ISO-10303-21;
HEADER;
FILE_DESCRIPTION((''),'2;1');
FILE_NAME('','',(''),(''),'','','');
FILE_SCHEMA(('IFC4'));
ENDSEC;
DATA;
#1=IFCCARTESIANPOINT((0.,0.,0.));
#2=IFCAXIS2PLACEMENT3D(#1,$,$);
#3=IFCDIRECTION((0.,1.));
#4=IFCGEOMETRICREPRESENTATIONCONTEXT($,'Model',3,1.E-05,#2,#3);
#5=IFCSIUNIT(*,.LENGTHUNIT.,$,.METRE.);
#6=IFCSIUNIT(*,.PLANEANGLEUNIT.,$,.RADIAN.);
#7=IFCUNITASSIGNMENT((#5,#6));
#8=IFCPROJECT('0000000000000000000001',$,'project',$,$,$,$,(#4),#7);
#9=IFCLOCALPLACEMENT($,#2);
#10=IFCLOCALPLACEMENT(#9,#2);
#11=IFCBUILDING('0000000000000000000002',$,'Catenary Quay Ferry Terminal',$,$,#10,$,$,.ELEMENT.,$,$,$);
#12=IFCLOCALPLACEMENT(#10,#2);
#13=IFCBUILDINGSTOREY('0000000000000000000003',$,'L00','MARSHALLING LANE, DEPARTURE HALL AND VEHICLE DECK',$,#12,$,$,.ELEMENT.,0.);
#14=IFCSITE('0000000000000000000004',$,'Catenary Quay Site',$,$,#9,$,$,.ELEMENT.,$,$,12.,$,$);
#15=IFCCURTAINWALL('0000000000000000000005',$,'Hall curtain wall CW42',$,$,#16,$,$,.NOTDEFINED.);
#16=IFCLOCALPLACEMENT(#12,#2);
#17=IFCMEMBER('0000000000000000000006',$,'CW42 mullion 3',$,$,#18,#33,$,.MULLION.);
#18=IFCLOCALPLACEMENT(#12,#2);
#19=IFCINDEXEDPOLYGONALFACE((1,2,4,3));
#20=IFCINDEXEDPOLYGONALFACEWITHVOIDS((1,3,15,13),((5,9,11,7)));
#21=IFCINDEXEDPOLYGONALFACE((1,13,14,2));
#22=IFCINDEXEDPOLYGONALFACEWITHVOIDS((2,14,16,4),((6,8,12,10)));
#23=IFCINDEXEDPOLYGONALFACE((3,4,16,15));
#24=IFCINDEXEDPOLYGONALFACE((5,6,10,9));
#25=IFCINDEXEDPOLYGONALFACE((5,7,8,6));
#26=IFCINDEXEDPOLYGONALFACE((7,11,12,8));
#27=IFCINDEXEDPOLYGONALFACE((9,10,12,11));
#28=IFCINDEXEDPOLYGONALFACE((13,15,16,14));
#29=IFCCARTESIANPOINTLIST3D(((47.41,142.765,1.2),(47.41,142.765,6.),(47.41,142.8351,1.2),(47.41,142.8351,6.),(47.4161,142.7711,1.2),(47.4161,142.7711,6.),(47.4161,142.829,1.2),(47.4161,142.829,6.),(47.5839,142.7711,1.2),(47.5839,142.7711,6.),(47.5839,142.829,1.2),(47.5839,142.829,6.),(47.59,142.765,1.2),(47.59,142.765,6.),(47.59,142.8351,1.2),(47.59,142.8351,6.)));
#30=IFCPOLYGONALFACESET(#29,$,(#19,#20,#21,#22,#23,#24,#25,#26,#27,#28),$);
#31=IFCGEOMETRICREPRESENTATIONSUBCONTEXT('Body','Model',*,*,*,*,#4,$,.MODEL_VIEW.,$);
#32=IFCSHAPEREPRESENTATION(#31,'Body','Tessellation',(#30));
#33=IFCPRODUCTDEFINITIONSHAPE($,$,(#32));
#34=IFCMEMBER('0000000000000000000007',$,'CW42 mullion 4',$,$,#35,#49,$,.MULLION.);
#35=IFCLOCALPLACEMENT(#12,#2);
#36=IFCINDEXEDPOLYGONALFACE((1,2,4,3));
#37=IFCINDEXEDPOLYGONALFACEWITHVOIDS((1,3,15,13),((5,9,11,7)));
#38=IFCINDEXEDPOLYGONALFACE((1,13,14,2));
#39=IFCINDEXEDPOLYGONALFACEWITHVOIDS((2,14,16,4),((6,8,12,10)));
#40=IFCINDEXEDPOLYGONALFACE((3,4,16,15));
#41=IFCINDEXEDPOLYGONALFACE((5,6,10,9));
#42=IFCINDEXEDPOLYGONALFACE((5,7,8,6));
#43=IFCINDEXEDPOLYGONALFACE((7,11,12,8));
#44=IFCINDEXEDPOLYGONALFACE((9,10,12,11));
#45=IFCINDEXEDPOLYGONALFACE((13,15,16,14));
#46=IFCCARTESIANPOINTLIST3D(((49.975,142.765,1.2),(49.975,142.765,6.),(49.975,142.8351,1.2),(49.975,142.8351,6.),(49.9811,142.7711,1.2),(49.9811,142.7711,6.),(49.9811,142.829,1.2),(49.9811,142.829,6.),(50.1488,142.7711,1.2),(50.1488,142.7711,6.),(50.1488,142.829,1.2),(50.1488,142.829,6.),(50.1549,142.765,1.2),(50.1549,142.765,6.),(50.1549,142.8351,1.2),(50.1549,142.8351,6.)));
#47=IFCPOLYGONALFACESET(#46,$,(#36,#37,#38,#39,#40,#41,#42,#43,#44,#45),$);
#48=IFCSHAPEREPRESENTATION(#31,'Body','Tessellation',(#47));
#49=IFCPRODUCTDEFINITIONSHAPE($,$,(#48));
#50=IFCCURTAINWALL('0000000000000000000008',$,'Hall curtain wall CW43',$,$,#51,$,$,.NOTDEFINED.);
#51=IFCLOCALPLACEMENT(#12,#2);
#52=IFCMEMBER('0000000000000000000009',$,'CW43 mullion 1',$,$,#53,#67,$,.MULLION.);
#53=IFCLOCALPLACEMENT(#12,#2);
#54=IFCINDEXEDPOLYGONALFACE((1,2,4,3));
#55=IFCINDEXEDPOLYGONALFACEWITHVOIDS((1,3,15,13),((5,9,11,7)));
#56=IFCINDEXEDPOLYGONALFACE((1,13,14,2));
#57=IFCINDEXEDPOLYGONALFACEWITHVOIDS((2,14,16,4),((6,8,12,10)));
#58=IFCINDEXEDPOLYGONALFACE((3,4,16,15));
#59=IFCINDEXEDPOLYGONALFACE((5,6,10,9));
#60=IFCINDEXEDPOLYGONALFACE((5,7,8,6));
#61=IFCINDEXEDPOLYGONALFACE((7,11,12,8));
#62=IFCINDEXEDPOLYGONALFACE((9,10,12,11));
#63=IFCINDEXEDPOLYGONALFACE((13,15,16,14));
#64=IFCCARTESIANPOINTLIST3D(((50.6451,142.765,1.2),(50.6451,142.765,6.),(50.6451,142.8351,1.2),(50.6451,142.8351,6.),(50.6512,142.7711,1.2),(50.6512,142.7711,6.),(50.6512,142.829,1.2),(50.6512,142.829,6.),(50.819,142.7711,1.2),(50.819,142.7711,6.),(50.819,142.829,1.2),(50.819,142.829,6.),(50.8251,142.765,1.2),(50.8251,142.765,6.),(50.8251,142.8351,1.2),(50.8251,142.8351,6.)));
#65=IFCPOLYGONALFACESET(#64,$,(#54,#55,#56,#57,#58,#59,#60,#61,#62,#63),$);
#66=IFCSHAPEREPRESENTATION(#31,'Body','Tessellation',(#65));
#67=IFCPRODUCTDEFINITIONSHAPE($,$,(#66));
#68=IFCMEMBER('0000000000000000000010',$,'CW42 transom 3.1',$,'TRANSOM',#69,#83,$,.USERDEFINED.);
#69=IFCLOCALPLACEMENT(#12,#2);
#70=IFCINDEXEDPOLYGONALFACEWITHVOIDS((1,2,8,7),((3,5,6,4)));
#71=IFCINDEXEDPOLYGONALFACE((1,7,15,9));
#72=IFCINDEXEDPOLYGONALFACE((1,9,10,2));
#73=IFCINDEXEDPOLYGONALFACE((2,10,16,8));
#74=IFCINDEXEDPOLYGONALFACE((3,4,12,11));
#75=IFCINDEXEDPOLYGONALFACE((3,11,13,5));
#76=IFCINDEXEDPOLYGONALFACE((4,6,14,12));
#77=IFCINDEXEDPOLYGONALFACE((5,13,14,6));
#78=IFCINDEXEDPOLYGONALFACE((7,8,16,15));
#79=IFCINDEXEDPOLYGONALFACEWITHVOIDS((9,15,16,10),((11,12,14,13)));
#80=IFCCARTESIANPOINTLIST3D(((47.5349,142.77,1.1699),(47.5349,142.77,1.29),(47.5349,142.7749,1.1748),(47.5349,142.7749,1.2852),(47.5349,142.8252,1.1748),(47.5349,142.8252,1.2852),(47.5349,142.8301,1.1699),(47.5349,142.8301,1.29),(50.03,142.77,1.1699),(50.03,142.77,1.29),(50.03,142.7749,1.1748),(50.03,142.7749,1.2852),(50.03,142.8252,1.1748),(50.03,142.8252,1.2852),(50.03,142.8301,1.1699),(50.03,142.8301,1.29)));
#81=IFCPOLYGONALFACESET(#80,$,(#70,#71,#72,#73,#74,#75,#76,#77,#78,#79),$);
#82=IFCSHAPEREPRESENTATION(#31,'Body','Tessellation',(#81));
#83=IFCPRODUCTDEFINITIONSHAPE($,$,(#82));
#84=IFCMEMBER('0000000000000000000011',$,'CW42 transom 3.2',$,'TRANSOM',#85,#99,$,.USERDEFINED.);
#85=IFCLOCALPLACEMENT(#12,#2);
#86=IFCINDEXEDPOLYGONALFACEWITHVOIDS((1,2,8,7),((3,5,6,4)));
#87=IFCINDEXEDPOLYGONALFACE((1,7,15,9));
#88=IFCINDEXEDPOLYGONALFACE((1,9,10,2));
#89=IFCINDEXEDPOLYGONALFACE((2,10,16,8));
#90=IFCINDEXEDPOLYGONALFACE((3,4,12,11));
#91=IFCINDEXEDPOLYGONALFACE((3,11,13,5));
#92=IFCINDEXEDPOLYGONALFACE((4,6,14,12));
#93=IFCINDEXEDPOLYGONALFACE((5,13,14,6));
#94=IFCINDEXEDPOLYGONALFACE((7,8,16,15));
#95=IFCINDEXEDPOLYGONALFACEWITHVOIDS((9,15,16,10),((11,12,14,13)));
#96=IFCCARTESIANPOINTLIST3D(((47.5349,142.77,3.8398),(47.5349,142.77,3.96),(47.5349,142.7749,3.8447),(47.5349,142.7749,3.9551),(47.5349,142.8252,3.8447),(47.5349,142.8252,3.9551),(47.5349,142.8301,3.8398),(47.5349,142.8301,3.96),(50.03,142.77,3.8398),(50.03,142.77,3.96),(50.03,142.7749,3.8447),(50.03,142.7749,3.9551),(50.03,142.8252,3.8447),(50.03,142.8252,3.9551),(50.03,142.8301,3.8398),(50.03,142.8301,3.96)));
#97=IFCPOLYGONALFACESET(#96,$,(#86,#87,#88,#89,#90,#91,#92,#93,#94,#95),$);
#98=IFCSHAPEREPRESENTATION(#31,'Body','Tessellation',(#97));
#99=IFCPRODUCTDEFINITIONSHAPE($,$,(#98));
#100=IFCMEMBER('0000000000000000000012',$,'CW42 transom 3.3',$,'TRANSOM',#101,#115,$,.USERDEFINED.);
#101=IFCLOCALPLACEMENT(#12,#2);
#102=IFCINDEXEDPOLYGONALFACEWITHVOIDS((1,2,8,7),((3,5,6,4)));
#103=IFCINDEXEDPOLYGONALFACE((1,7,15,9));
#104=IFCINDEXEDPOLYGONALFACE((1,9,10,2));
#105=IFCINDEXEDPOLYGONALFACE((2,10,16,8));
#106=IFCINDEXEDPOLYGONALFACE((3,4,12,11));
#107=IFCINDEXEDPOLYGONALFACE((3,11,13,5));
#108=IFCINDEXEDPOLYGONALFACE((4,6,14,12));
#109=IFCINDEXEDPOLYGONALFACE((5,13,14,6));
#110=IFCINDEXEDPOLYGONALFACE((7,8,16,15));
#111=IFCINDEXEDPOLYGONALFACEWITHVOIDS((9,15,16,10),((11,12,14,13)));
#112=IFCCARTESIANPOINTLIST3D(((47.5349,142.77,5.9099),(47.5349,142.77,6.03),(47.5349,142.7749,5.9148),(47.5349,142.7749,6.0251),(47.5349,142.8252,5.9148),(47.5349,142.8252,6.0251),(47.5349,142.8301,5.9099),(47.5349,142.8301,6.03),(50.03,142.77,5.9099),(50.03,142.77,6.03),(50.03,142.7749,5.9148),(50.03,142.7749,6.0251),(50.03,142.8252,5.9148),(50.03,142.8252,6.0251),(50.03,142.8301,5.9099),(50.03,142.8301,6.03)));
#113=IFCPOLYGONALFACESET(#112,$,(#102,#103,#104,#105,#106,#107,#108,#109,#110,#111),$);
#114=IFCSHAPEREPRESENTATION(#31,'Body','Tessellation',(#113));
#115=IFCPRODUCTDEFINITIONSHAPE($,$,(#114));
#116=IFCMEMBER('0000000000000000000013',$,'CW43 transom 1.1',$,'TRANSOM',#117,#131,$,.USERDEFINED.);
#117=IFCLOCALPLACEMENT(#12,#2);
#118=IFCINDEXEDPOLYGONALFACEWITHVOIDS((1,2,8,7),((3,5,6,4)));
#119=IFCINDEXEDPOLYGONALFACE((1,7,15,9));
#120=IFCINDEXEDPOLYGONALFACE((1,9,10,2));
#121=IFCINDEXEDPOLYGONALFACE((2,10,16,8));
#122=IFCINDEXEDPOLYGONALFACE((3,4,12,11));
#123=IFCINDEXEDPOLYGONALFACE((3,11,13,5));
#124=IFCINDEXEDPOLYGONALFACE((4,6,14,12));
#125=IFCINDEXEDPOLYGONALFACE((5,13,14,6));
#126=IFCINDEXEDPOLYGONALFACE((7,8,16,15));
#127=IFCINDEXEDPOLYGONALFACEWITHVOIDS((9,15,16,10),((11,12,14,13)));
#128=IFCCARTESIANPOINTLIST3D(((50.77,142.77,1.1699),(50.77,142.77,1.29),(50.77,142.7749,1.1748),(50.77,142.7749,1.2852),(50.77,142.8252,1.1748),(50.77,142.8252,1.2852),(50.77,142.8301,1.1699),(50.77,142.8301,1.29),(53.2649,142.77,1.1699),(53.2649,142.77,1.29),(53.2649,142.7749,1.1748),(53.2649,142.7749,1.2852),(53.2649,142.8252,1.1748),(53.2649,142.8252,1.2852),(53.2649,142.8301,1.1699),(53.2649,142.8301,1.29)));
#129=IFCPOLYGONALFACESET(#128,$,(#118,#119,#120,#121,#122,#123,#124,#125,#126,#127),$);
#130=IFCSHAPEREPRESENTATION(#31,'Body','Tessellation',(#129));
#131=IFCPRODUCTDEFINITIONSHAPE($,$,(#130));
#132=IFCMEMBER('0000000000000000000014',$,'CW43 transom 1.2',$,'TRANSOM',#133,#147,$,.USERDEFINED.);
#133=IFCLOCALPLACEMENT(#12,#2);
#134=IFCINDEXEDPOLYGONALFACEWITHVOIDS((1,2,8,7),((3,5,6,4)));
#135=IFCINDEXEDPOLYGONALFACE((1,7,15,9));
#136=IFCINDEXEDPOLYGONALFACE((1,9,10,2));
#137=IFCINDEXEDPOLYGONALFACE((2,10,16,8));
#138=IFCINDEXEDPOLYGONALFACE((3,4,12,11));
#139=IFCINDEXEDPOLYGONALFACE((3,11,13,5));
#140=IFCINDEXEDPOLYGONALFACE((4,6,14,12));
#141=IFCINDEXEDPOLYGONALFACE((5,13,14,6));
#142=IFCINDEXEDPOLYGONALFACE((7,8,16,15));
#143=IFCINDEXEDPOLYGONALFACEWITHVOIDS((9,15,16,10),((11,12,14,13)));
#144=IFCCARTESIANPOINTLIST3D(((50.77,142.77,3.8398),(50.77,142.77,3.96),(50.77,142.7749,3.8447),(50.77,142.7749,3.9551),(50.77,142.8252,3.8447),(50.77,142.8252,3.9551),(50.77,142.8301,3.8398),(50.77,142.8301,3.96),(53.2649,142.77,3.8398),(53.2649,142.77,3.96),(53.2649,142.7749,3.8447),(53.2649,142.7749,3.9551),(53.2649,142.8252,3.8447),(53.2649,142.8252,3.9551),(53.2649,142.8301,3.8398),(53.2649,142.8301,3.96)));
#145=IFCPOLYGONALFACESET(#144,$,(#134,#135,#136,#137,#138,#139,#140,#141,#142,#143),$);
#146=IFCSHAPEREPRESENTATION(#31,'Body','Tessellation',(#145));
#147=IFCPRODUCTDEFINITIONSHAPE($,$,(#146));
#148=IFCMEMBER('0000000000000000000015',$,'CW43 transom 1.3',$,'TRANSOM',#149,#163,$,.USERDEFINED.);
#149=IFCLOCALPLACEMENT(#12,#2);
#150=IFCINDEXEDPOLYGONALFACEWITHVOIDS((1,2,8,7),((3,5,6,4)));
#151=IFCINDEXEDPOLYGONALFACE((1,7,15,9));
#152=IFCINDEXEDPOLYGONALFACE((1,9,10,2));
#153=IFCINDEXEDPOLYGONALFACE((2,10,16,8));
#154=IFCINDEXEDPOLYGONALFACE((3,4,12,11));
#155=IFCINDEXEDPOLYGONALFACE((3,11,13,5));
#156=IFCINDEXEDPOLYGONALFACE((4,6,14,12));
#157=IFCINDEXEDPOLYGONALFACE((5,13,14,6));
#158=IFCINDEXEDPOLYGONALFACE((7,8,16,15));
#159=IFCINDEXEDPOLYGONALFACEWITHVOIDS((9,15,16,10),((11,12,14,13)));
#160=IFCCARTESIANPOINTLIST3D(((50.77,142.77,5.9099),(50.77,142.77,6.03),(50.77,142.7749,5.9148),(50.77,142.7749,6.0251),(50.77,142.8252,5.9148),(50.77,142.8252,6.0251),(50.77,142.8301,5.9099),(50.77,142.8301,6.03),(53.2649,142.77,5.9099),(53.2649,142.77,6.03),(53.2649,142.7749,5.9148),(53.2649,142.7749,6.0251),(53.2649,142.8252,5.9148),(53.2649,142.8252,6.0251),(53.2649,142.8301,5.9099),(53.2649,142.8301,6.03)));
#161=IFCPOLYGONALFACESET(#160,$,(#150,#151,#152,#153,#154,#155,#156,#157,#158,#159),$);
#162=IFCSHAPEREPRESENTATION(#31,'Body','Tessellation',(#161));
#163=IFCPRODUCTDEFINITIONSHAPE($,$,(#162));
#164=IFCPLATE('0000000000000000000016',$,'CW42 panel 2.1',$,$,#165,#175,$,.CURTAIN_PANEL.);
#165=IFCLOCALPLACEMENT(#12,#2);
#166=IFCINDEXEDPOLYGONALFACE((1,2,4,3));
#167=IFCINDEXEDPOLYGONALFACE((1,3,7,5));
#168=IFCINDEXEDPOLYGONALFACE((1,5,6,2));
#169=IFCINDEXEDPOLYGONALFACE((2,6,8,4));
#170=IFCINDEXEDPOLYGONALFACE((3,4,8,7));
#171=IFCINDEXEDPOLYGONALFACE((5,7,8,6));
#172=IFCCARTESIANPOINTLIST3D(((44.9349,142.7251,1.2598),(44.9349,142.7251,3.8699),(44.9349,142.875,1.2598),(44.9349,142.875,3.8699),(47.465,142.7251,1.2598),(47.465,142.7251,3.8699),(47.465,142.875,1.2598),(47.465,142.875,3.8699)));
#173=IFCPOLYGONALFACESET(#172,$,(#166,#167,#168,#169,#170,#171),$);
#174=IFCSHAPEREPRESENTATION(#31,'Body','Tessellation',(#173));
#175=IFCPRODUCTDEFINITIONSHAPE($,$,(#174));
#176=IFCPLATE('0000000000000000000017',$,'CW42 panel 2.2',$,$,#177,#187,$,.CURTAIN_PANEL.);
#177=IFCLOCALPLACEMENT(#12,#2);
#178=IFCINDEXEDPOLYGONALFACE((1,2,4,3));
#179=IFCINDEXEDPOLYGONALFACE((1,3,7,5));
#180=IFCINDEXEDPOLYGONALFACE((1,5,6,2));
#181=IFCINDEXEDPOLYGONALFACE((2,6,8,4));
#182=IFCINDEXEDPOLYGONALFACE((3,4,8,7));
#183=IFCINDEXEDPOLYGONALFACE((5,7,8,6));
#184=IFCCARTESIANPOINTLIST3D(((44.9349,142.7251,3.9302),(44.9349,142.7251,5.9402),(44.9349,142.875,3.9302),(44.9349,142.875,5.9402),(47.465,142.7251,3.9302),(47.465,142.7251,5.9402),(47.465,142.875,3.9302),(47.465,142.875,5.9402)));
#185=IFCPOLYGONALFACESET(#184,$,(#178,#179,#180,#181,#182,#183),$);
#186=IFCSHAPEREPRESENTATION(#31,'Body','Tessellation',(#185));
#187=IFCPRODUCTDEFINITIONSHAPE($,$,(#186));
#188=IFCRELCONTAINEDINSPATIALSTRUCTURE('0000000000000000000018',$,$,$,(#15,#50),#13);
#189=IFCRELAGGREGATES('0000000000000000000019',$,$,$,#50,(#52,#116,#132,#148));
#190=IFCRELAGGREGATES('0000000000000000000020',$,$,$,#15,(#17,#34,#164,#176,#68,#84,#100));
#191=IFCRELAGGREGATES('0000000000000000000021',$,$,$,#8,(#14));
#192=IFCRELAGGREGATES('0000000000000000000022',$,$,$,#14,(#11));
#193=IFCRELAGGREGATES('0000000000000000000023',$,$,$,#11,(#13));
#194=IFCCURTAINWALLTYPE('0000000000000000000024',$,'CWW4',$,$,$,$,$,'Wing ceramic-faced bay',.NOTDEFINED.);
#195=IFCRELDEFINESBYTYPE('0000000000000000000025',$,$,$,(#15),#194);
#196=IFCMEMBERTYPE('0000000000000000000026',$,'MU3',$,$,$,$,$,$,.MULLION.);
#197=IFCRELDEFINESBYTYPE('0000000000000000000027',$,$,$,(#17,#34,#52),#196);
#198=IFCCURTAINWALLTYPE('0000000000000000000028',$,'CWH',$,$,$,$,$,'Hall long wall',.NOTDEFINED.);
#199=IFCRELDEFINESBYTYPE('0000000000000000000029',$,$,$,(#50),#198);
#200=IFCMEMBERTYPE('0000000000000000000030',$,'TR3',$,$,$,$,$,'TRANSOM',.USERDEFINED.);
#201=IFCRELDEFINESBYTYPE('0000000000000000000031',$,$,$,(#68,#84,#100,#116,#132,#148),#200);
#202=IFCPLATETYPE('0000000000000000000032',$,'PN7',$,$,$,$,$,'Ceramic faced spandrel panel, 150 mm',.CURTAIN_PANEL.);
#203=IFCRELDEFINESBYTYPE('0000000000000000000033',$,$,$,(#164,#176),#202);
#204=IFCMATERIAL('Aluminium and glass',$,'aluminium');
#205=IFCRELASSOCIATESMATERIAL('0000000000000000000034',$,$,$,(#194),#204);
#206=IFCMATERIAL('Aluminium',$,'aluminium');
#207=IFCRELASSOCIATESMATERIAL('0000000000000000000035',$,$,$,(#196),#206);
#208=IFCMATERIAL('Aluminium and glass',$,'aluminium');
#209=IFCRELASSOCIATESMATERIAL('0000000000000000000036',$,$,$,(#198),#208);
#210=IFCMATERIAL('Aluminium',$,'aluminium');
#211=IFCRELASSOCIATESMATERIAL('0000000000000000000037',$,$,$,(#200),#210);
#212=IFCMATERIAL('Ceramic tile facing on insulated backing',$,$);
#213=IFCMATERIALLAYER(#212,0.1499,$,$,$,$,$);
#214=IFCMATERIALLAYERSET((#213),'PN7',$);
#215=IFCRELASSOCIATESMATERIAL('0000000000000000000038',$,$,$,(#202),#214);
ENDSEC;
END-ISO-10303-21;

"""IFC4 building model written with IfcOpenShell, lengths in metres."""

from ifc_helpers import new_model, si_unit, direction, frame, origin, origin_2d, place, context, subcontext, project, spatial, rectangle, hollow_rectangle, extrude, material, layer, layer_set, material_profile, profile_set, type_object, element, aggregate, save


model = new_model("IFC4")

# Units and contexts
model_context = context("Model", 3, precision=1e-05, world=origin(), true_north=direction((0.0, 1.0)))
body_context = subcontext(model_context, "Body", "Model", "MODEL_VIEW")
ifc_project = project(units=[si_unit("LENGTHUNIT", "METRE"), si_unit("PLANEANGLEUNIT", "RADIAN")], contexts=[model_context])

# Site, building, storey
site_placement = place(None, origin())
site = spatial("IfcSite", under=ifc_project, at=site_placement, Name="Catenary Quay Site", CompositionType="ELEMENT", RefElevation=12.0)
building_placement = place(site_placement, origin())
building = spatial("IfcBuilding", under=site, at=building_placement, Name="Catenary Quay Ferry Terminal", CompositionType="ELEMENT")
storey_placement = place(building_placement, origin())
storey = spatial("IfcBuildingStorey", under=building, at=storey_placement, Name="L00", Description="MARSHALLING LANE, DEPARTURE HALL AND VEHICLE DECK", CompositionType="ELEMENT", Elevation=0.0)

# Curtain wall, members
ifc_material_1 = material(Name="Aluminium and glass", Category="aluminium")
curtain_wall_type_1 = type_object("IfcCurtainWallType", Name="CWW4", ElementType="Wing ceramic-faced bay", PredefinedType="NOTDEFINED", material=ifc_material_1)
curtain_wall_1_placement = place(storey_placement, origin())
curtain_wall_1 = element("IfcCurtainWall", 1, at=curtain_wall_1_placement, inside=storey, type_object=curtain_wall_type_1, Name="Hall curtain wall CW42", PredefinedType="NOTDEFINED")
ifc_material_2 = material(Name="Aluminium", Category="aluminium")
ifc_material_profile_1 = material_profile(ifc_material_2, hollow_rectangle(XDim=0.0701, YDim=0.1799, WallThickness=0.0061, at=origin_2d()), Name="MU3")
ifc_profile_set_1 = profile_set([ifc_material_profile_1], Name="Aluminium")
member_type_1 = type_object("IfcMemberType", Name="MU3", PredefinedType="MULLION", material=ifc_profile_set_1)
member_1_placement = place(storey_placement, frame((47.5, 142.8, 1.2), z_axis=(0.0, 0.0, 1.0), x_axis=(0.0, 1.0, 0.0)))
member_1 = element("IfcMember", 2, at=member_1_placement, type_object=member_type_1, Name="CW42 mullion 3", PredefinedType="MULLION", context=body_context, shape_type="SweptSolid", body=[
    extrude(hollow_rectangle(XDim=0.0701, YDim=0.1799, WallThickness=0.0061, at=origin_2d()), origin(), (0.0, 0.0, 1.0), 4.8),
])
member_2_placement = place(storey_placement, frame((50.0649, 142.8, 1.2), z_axis=(0.0, 0.0, 1.0), x_axis=(0.0, 1.0, 0.0)))
member_2 = element("IfcMember", 3, at=member_2_placement, type_object=member_type_1, Name="CW42 mullion 4", PredefinedType="MULLION", context=body_context, shape_type="SweptSolid", body=[
    extrude(hollow_rectangle(XDim=0.0701, YDim=0.1799, WallThickness=0.0061, at=origin_2d()), origin(), (0.0, 0.0, 1.0), 4.8),
])

# Curtain wall, member
ifc_material_3 = material(Name="Aluminium and glass", Category="aluminium")
curtain_wall_type_2 = type_object("IfcCurtainWallType", Name="CWH", ElementType="Hall long wall", PredefinedType="NOTDEFINED", material=ifc_material_3)
curtain_wall_2_placement = place(storey_placement, origin())
curtain_wall_2 = element("IfcCurtainWall", 4, at=curtain_wall_2_placement, inside=storey, type_object=curtain_wall_type_2, Name="Hall curtain wall CW43", PredefinedType="NOTDEFINED")
member_3_placement = place(storey_placement, frame((50.7351, 142.8, 1.2), z_axis=(0.0, 0.0, 1.0), x_axis=(0.0, 1.0, 0.0)))
member_3 = element("IfcMember", 5, at=member_3_placement, type_object=member_type_1, Name="CW43 mullion 1", PredefinedType="MULLION", context=body_context, shape_type="SweptSolid", body=[
    extrude(hollow_rectangle(XDim=0.0701, YDim=0.1799, WallThickness=0.0061, at=origin_2d()), origin(), (0.0, 0.0, 1.0), 4.8),
])

# Members
ifc_material_4 = material(Name="Aluminium", Category="aluminium")
ifc_material_profile_2 = material_profile(ifc_material_4, hollow_rectangle(XDim=0.0601, YDim=0.1201, WallThickness=0.0049, at=origin_2d()), Name="TR3")
ifc_profile_set_2 = profile_set([ifc_material_profile_2], Name="Aluminium")
member_type_2 = type_object("IfcMemberType", Name="TR3", ElementType="TRANSOM", PredefinedType="USERDEFINED", material=ifc_profile_set_2)
member_4_placement = place(storey_placement, frame((47.5349, 142.8, 1.23), z_axis=(1.0, 0.0, 0.0), x_axis=(0.0, 1.0, 0.0)))
member_4 = element("IfcMember", 6, at=member_4_placement, type_object=member_type_2, Name="CW42 transom 3.1", ObjectType="TRANSOM", PredefinedType="USERDEFINED", context=body_context, shape_type="SweptSolid", body=[
    extrude(hollow_rectangle(XDim=0.0601, YDim=0.1201, WallThickness=0.0049, at=origin_2d()), origin(), (0.0, 0.0, 1.0), 2.4951),
])
member_5_placement = place(storey_placement, frame((47.5349, 142.8, 3.8999), z_axis=(1.0, 0.0, 0.0), x_axis=(0.0, 1.0, 0.0)))
member_5 = element("IfcMember", 7, at=member_5_placement, type_object=member_type_2, Name="CW42 transom 3.2", ObjectType="TRANSOM", PredefinedType="USERDEFINED", context=body_context, shape_type="SweptSolid", body=[
    extrude(hollow_rectangle(XDim=0.0601, YDim=0.1201, WallThickness=0.0049, at=origin_2d()), origin(), (0.0, 0.0, 1.0), 2.4951),
])
member_6_placement = place(storey_placement, frame((47.5349, 142.8, 5.97), z_axis=(1.0, 0.0, 0.0), x_axis=(0.0, 1.0, 0.0)))
member_6 = element("IfcMember", 8, at=member_6_placement, type_object=member_type_2, Name="CW42 transom 3.3", ObjectType="TRANSOM", PredefinedType="USERDEFINED", context=body_context, shape_type="SweptSolid", body=[
    extrude(hollow_rectangle(XDim=0.0601, YDim=0.1201, WallThickness=0.0049, at=origin_2d()), origin(), (0.0, 0.0, 1.0), 2.4951),
])
member_7_placement = place(storey_placement, frame((50.77, 142.8, 1.23), z_axis=(1.0, 0.0, 0.0), x_axis=(0.0, 1.0, 0.0)))
member_7 = element("IfcMember", 9, at=member_7_placement, type_object=member_type_2, Name="CW43 transom 1.1", ObjectType="TRANSOM", PredefinedType="USERDEFINED", context=body_context, shape_type="SweptSolid", body=[
    extrude(hollow_rectangle(XDim=0.0601, YDim=0.1201, WallThickness=0.0049, at=origin_2d()), origin(), (0.0, 0.0, 1.0), 2.4949),
])
member_8_placement = place(storey_placement, frame((50.77, 142.8, 3.8999), z_axis=(1.0, 0.0, 0.0), x_axis=(0.0, 1.0, 0.0)))
member_8 = element("IfcMember", 10, at=member_8_placement, type_object=member_type_2, Name="CW43 transom 1.2", ObjectType="TRANSOM", PredefinedType="USERDEFINED", context=body_context, shape_type="SweptSolid", body=[
    extrude(hollow_rectangle(XDim=0.0601, YDim=0.1201, WallThickness=0.0049, at=origin_2d()), origin(), (0.0, 0.0, 1.0), 2.4949),
])
member_9_placement = place(storey_placement, frame((50.77, 142.8, 5.97), z_axis=(1.0, 0.0, 0.0), x_axis=(0.0, 1.0, 0.0)))
member_9 = element("IfcMember", 11, at=member_9_placement, type_object=member_type_2, Name="CW43 transom 1.3", ObjectType="TRANSOM", PredefinedType="USERDEFINED", context=body_context, shape_type="SweptSolid", body=[
    extrude(hollow_rectangle(XDim=0.0601, YDim=0.1201, WallThickness=0.0049, at=origin_2d()), origin(), (0.0, 0.0, 1.0), 2.4949),
])
aggregate(curtain_wall_2, [member_3, member_7, member_8, member_9])

# Plates
ifc_material_5 = material(Name="Ceramic tile facing on insulated backing")
ifc_layer_1 = layer(ifc_material_5, 0.1499)
ifc_layer_set_1 = layer_set([ifc_layer_1], Name="PN7")
plate_type = type_object("IfcPlateType", Name="PN7", ElementType="Ceramic faced spandrel panel, 150 mm", PredefinedType="CURTAIN_PANEL", material=ifc_layer_set_1)
plate_1_placement = place(storey_placement, frame((46.2, 142.8, 1.2598), z_axis=(0.0, 0.0, 1.0), x_axis=(1.0, 0.0, 0.0)))
plate_1 = element("IfcPlate", 12, at=plate_1_placement, type_object=plate_type, Name="CW42 panel 2.1", PredefinedType="CURTAIN_PANEL", context=body_context, shape_type="SweptSolid", body=[
    extrude(rectangle(XDim=2.53, YDim=0.1499, at=origin_2d()), origin(), (0.0, 0.0, 1.0), 2.6101),
])
plate_2_placement = place(storey_placement, frame((46.2, 142.8, 3.9302), z_axis=(0.0, 0.0, 1.0), x_axis=(1.0, 0.0, 0.0)))
plate_2 = element("IfcPlate", 13, at=plate_2_placement, type_object=plate_type, Name="CW42 panel 2.2", PredefinedType="CURTAIN_PANEL", context=body_context, shape_type="SweptSolid", body=[
    extrude(rectangle(XDim=2.53, YDim=0.1499, at=origin_2d()), origin(), (0.0, 0.0, 1.0), 2.01),
])
aggregate(curtain_wall_1, [member_1, member_2, plate_1, plate_2, member_4, member_5, member_6])

save(model, "model.ifc")
